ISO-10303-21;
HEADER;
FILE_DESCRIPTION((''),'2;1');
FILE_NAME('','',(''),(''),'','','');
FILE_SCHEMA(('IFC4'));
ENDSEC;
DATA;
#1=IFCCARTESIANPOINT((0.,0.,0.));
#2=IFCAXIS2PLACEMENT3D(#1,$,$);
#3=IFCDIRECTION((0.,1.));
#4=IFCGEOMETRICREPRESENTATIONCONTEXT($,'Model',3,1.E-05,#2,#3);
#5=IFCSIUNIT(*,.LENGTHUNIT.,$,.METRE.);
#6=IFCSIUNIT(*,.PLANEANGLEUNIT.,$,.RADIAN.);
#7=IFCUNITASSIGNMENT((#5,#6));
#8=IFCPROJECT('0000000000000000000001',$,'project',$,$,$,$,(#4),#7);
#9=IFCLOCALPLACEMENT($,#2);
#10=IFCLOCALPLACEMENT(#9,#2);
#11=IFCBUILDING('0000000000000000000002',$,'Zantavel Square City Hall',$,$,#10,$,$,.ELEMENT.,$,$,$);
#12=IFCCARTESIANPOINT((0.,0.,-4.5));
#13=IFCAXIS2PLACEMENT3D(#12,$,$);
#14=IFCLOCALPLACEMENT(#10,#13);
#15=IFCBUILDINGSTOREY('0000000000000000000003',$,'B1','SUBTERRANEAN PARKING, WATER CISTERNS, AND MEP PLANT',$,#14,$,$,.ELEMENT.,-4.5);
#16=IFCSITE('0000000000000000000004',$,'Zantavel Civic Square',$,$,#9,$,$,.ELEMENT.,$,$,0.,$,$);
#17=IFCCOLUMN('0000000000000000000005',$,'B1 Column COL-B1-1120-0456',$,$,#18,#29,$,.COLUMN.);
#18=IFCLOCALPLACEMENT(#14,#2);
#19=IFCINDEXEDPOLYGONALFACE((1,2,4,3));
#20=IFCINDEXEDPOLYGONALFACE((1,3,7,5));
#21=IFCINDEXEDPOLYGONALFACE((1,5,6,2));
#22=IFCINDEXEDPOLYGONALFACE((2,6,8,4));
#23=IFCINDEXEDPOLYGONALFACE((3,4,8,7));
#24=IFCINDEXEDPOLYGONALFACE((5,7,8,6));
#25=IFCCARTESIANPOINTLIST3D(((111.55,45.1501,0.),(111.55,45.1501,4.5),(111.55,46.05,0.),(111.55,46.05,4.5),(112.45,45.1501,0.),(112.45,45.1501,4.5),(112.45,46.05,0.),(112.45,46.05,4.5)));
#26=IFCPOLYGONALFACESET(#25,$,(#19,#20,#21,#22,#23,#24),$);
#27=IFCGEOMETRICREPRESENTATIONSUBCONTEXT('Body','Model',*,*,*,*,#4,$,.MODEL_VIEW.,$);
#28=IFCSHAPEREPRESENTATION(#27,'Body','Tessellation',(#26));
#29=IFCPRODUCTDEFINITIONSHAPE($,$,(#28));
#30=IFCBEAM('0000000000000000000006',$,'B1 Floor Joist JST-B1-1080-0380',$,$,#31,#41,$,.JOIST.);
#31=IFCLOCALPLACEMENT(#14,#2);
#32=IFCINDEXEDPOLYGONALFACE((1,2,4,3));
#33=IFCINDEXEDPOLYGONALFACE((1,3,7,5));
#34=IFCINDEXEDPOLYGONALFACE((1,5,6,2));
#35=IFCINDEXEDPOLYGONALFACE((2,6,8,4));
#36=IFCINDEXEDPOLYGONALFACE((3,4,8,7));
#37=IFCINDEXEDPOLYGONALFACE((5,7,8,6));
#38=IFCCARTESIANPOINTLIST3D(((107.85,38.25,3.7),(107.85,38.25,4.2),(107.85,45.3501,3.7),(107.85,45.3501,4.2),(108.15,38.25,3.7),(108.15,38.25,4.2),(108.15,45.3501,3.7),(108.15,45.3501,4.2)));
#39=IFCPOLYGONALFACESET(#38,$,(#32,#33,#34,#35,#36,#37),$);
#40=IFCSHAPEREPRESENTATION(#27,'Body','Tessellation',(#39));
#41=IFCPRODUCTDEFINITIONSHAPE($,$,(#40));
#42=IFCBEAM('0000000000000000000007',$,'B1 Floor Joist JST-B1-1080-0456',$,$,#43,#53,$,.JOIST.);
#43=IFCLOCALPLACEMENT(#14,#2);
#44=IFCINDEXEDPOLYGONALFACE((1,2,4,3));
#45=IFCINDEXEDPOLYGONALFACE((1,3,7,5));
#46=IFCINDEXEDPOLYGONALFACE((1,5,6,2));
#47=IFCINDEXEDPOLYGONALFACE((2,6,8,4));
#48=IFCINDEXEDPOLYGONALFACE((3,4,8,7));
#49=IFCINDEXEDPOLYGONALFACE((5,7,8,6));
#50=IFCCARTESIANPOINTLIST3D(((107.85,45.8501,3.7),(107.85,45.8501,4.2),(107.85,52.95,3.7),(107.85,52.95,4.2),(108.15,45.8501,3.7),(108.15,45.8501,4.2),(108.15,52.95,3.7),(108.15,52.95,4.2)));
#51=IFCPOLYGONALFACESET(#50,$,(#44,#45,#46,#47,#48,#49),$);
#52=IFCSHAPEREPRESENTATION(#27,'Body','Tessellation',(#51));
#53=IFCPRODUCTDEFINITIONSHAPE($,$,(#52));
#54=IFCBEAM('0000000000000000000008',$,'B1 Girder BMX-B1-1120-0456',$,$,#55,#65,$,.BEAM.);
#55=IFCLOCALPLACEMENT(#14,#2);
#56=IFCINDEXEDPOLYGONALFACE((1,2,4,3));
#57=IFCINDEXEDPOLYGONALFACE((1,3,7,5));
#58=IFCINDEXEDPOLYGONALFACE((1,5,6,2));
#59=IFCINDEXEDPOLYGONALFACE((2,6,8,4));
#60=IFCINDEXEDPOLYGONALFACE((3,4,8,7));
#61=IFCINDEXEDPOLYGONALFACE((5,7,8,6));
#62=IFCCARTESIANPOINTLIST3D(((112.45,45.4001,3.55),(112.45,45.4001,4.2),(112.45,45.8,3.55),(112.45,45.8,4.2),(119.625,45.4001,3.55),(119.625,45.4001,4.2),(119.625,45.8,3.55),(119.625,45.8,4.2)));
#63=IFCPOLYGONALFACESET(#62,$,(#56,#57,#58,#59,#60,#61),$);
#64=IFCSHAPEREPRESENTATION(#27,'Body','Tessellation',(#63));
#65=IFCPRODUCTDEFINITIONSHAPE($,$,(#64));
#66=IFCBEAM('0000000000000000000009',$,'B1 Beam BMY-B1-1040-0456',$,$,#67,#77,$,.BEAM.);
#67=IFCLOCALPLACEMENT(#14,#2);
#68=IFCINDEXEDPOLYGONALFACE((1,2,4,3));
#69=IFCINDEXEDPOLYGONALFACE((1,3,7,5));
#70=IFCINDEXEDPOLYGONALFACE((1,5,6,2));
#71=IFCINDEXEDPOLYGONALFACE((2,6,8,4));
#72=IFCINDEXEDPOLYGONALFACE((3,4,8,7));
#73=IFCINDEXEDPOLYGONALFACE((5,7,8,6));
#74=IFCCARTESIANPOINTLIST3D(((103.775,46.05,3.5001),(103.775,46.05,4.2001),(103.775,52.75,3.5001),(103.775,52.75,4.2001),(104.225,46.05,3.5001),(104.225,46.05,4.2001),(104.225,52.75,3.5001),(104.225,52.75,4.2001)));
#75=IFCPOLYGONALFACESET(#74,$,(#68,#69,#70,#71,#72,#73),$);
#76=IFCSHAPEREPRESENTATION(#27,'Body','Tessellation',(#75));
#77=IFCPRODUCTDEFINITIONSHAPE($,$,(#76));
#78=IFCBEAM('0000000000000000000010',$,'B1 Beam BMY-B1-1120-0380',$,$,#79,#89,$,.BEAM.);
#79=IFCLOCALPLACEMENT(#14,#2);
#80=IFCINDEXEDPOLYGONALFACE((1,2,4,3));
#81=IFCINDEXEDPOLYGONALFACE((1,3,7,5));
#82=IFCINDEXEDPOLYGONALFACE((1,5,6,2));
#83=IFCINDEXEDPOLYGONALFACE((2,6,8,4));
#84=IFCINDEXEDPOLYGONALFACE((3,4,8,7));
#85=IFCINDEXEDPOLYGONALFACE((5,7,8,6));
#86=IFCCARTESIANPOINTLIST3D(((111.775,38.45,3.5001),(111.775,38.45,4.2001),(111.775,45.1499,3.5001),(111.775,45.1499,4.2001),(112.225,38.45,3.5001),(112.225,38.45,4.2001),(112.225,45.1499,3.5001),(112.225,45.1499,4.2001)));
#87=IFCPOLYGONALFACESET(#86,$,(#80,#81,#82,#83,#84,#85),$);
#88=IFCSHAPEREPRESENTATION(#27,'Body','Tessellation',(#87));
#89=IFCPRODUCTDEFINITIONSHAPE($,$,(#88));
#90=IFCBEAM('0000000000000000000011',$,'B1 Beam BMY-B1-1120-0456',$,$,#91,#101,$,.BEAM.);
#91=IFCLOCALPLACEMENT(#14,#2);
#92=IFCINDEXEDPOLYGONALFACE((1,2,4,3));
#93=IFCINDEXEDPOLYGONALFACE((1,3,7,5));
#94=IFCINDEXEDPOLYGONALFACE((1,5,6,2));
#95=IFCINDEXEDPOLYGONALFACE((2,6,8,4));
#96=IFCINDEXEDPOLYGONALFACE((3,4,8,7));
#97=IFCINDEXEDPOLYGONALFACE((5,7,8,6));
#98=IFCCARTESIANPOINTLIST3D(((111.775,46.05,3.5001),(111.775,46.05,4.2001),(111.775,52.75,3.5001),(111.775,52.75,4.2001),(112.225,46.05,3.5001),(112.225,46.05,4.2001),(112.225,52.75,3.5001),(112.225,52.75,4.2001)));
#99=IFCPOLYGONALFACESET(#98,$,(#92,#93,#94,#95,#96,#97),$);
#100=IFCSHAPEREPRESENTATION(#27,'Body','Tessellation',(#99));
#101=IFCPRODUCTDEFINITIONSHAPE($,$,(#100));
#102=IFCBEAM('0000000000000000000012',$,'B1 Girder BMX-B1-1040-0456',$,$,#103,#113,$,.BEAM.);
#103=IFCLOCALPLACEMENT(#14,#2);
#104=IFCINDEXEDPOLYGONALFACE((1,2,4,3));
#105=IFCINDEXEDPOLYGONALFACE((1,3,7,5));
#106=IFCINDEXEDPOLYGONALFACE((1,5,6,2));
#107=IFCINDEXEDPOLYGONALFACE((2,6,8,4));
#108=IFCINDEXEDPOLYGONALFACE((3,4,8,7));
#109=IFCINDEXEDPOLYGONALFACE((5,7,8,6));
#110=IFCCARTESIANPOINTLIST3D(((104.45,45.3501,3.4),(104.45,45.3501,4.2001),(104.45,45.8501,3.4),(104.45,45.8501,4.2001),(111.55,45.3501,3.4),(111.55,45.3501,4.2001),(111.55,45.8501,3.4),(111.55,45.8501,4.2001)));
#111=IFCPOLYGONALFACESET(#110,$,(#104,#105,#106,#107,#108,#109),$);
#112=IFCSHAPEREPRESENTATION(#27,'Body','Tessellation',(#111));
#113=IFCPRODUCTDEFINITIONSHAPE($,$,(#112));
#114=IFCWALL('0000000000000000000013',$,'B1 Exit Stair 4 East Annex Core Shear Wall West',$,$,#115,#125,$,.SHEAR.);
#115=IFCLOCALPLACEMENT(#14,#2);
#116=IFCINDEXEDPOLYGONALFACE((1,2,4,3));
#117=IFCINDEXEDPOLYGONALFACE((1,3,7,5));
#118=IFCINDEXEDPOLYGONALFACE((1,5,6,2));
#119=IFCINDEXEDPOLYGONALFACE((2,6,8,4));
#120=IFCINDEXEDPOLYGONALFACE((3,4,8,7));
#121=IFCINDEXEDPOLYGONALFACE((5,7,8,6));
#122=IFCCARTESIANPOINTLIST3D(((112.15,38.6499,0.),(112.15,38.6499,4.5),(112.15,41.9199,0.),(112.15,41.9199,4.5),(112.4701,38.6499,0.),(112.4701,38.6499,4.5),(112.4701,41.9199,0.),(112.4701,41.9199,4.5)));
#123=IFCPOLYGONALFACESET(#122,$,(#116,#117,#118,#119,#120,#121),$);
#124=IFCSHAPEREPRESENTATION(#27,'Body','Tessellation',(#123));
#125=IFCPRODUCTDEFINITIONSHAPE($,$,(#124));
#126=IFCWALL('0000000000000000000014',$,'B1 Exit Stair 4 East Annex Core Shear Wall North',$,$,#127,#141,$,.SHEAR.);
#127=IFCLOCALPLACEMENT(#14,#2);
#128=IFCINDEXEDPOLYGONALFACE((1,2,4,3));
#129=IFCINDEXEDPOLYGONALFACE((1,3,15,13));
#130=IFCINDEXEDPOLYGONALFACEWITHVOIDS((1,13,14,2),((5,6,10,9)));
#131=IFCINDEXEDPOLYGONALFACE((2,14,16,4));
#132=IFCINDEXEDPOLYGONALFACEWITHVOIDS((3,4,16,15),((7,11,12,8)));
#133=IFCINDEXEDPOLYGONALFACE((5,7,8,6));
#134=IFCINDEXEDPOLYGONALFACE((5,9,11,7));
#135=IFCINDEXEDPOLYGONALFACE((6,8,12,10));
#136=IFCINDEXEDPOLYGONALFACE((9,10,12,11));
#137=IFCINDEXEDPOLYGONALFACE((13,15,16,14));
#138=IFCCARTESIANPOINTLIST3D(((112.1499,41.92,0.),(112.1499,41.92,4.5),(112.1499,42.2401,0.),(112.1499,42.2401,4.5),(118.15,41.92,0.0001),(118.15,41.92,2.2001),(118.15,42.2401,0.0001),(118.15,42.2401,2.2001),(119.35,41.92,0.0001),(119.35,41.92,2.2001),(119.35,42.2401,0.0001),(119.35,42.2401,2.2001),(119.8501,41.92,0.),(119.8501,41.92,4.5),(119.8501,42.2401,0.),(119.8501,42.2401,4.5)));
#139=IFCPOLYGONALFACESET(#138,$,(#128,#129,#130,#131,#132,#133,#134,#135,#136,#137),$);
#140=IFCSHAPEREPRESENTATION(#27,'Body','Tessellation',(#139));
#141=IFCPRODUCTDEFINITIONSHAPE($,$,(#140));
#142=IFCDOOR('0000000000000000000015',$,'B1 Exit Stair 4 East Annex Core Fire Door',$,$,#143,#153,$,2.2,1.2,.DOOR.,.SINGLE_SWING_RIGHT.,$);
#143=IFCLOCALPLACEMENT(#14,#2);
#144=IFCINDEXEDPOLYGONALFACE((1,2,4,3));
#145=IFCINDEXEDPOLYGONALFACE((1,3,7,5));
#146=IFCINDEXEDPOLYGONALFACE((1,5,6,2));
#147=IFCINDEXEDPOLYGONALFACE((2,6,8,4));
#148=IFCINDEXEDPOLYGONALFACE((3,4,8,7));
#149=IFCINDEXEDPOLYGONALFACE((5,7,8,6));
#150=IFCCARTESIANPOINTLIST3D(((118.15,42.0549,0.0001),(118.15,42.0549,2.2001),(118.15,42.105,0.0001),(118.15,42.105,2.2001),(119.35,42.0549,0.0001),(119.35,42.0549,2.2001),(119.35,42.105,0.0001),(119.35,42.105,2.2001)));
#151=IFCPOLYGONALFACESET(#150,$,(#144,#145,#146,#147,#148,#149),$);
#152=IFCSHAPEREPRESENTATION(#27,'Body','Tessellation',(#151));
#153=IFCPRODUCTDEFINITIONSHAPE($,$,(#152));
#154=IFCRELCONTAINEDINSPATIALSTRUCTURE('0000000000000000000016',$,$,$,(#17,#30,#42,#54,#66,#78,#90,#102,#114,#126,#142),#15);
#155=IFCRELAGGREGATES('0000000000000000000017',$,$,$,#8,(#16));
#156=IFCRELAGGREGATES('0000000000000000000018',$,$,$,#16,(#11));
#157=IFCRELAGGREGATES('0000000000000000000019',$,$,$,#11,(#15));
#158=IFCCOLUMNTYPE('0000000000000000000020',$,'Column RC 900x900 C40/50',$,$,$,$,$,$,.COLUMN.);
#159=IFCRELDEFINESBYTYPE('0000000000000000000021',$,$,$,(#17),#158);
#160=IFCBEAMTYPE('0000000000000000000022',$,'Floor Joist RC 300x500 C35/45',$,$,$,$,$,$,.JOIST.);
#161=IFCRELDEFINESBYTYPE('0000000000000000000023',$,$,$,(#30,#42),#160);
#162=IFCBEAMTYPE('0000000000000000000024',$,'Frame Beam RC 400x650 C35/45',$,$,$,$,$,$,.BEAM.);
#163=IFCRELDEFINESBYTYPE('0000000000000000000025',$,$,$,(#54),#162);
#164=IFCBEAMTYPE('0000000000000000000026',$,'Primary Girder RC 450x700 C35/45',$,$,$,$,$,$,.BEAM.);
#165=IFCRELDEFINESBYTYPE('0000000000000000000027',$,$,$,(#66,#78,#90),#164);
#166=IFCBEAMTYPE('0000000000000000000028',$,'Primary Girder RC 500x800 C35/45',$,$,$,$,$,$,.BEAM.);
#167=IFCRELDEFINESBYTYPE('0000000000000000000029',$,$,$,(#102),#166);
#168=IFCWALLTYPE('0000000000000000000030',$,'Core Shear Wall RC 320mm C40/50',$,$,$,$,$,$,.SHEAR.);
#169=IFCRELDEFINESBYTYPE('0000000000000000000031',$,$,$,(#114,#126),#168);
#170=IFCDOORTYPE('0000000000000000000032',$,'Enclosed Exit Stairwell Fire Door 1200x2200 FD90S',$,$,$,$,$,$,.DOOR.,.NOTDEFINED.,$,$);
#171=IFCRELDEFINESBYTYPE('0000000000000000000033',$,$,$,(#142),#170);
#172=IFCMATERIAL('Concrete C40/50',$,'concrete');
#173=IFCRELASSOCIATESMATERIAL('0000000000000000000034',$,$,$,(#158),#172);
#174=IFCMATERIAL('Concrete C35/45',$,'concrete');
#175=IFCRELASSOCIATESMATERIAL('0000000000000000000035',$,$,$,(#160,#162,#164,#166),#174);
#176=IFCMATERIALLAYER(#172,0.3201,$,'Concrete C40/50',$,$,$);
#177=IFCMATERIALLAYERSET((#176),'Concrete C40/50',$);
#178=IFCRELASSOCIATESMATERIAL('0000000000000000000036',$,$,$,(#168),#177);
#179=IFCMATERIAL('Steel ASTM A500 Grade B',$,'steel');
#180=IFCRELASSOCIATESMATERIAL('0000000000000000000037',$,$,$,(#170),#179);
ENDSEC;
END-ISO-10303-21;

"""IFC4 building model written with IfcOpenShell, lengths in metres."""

from ifc_helpers import new_model, si_unit, direction, frame, frame_2d, origin, origin_2d, place, context, subcontext, project, spatial, rectangle, extrude, material, layer, layer_set, material_profile, profile_set, type_object, element, fill, save


model = new_model("IFC4")

# Units and contexts
model_context = context("Model", 3, precision=1e-05, world=origin(), true_north=direction((0.0, 1.0)))
body_context = subcontext(model_context, "Body", "Model", "MODEL_VIEW")
ifc_project = project(units=[si_unit("LENGTHUNIT", "METRE"), si_unit("PLANEANGLEUNIT", "RADIAN")], contexts=[model_context])

# Site, building, storey
site_placement = place(None, origin())
site = spatial("IfcSite", under=ifc_project, at=site_placement, Name="Zantavel Civic Square", CompositionType="ELEMENT", RefElevation=0.0)
building_placement = place(site_placement, origin())
building = spatial("IfcBuilding", under=site, at=building_placement, Name="Zantavel Square City Hall", CompositionType="ELEMENT")
storey_placement = place(building_placement, frame((0.0, 0.0, -4.5)))
storey = spatial("IfcBuildingStorey", under=building, at=storey_placement, Name="B1", Description="SUBTERRANEAN PARKING, WATER CISTERNS, AND MEP PLANT", CompositionType="ELEMENT", Elevation=-4.5)

# Shared definitions
ifc_material_1 = material(Name="Concrete C35/45", Category="concrete")

# Shared definitions
ifc_material_2 = material(Name="Concrete C40/50", Category="concrete")

# Column
ifc_material_profile_1 = material_profile(ifc_material_2, rectangle(XDim=0.8999, YDim=0.8999, at=origin_2d()), Name="RC 900x900")
ifc_profile_set_1 = profile_set([ifc_material_profile_1], Name="Concrete C40/50")
column_type = type_object("IfcColumnType", Name="Column RC 900x900 C40/50", PredefinedType="COLUMN", material=ifc_profile_set_1)
column_placement = place(storey_placement, frame((112.0, 45.6001, 0.0), z_axis=(0.0, 0.0, 1.0), x_axis=(1.0, 0.0, 0.0)))
element("IfcColumn", 1, at=column_placement, inside=storey, type_object=column_type, Name="B1 Column COL-B1-1120-0456", PredefinedType="COLUMN", context=body_context, shape_type="SweptSolid", body=[
    extrude(rectangle(XDim=0.8999, YDim=0.8999, at=origin_2d()), origin(), (0.0, 0.0, 1.0), 4.5),
])

# Beams
ifc_material_profile_2 = material_profile(ifc_material_1, rectangle(XDim=0.3, YDim=0.5, at=origin_2d()), Name="RC 300x500")
ifc_profile_set_2 = profile_set([ifc_material_profile_2], Name="Concrete C35/45")
beam_type_1 = type_object("IfcBeamType", Name="Floor Joist RC 300x500 C35/45", PredefinedType="JOIST", material=ifc_profile_set_2)
beam_1_placement = place(storey_placement, frame((108.0, 38.25, 3.95), z_axis=(0.0, 1.0, 0.0), x_axis=(-1.0, 0.0, 0.0)))
element("IfcBeam", 2, at=beam_1_placement, inside=storey, type_object=beam_type_1, Name="B1 Floor Joist JST-B1-1080-0380", PredefinedType="JOIST", context=body_context, shape_type="SweptSolid", body=[
    extrude(rectangle(XDim=0.3, YDim=0.5, at=origin_2d()), origin(), (0.0, 0.0, 1.0), 7.1001),
])
beam_2_placement = place(storey_placement, frame((108.0, 45.8501, 3.95), z_axis=(0.0, 1.0, 0.0), x_axis=(-1.0, 0.0, 0.0)))
element("IfcBeam", 3, at=beam_2_placement, inside=storey, type_object=beam_type_1, Name="B1 Floor Joist JST-B1-1080-0456", PredefinedType="JOIST", context=body_context, shape_type="SweptSolid", body=[
    extrude(rectangle(XDim=0.3, YDim=0.5, at=origin_2d()), origin(), (0.0, 0.0, 1.0), 7.0999),
])
ifc_material_profile_3 = material_profile(ifc_material_1, rectangle(XDim=0.3999, YDim=0.6499, at=origin_2d()), Name="RC 400x650")
ifc_profile_set_3 = profile_set([ifc_material_profile_3], Name="Concrete C35/45")
beam_type_2 = type_object("IfcBeamType", Name="Frame Beam RC 400x650 C35/45", PredefinedType="BEAM", material=ifc_profile_set_3)
beam_3_placement = place(storey_placement, frame((112.45, 45.6001, 3.875), z_axis=(1.0, 0.0, 0.0), x_axis=(0.0, 1.0, 0.0)))
element("IfcBeam", 4, at=beam_3_placement, inside=storey, type_object=beam_type_2, Name="B1 Girder BMX-B1-1120-0456", PredefinedType="BEAM", context=body_context, shape_type="SweptSolid", body=[
    extrude(rectangle(XDim=0.3999, YDim=0.6499, at=origin_2d()), origin(), (0.0, 0.0, 1.0), 7.175),
])
ifc_material_profile_4 = material_profile(ifc_material_1, rectangle(XDim=0.45, YDim=0.7, at=origin_2d()), Name="RC 450x700")
ifc_profile_set_4 = profile_set([ifc_material_profile_4], Name="Concrete C35/45")
beam_type_3 = type_object("IfcBeamType", Name="Primary Girder RC 450x700 C35/45", PredefinedType="BEAM", material=ifc_profile_set_4)
for number, where, z_axis, x_axis, name in (
    (5, (104.0, 46.05, 3.8501), (0.0, 1.0, 0.0), (-1.0, 0.0, 0.0), "B1 Beam BMY-B1-1040-0456"),
    (6, (112.0, 38.45, 3.8501), (0.0, 1.0, 0.0), (-1.0, 0.0, 0.0), "B1 Beam BMY-B1-1120-0380"),
    (7, (112.0, 46.05, 3.8501), (0.0, 1.0, 0.0), (-1.0, 0.0, 0.0), "B1 Beam BMY-B1-1120-0456"),
):
    element("IfcBeam", number, at=place(storey_placement, frame(where, z_axis=z_axis, x_axis=x_axis)), inside=storey, type_object=beam_type_3, Name=name, PredefinedType="BEAM", context=body_context, shape_type="SweptSolid", body=[
        extrude(rectangle(XDim=0.45, YDim=0.7, at=origin_2d()), origin(), (0.0, 0.0, 1.0), 6.7),
    ])
ifc_material_profile_5 = material_profile(ifc_material_1, rectangle(XDim=0.5, YDim=0.8, at=origin_2d()), Name="RC 500x800")
ifc_profile_set_5 = profile_set([ifc_material_profile_5], Name="Concrete C35/45")
beam_type_4 = type_object("IfcBeamType", Name="Primary Girder RC 500x800 C35/45", PredefinedType="BEAM", material=ifc_profile_set_5)
beam_4_placement = place(storey_placement, frame((104.45, 45.6001, 3.8), z_axis=(1.0, 0.0, 0.0), x_axis=(0.0, 1.0, 0.0)))
element("IfcBeam", 8, at=beam_4_placement, inside=storey, type_object=beam_type_4, Name="B1 Girder BMX-B1-1040-0456", PredefinedType="BEAM", context=body_context, shape_type="SweptSolid", body=[
    extrude(rectangle(XDim=0.5, YDim=0.8, at=origin_2d()), origin(), (0.0, 0.0, 1.0), 7.1001),
])

# Wall
ifc_layer_1 = layer(ifc_material_2, 0.3201, Name="Concrete C40/50")
ifc_layer_set_1 = layer_set([ifc_layer_1], Name="Concrete C40/50")
wall_type_1 = type_object("IfcWallType", Name="Core Shear Wall RC 320mm C40/50", PredefinedType="SHEAR", material=ifc_layer_set_1)
wall_1_placement = place(storey_placement, frame((112.3101, 38.6499, 0.0), z_axis=(0.0, 0.0, 1.0), x_axis=(0.0, 1.0, 0.0)))
element("IfcWall", 9, at=wall_1_placement, inside=storey, type_object=wall_type_1, Name="B1 Exit Stair 4 East Annex Core Shear Wall West", PredefinedType="SHEAR", context=body_context, shape_type="SweptSolid", body=[
    extrude(rectangle(XDim=3.27, YDim=0.3201, at=frame_2d((1.635, 0.0))), origin(), (0.0, 0.0, 1.0), 4.5),
])

# Wall, opening, door
wall_2_placement = place(storey_placement, frame((112.1499, 42.0801, 0.0), z_axis=(0.0, 0.0, 1.0), x_axis=(1.0, 0.0, 0.0)))
wall_2 = element("IfcWall", 10, at=wall_2_placement, inside=storey, type_object=wall_type_1, Name="B1 Exit Stair 4 East Annex Core Shear Wall North", PredefinedType="SHEAR", context=body_context, shape_type="SweptSolid", body=[
    extrude(rectangle(XDim=7.7002, YDim=0.3201, at=frame_2d((3.8501, 0.0))), origin(), (0.0, 0.0, 1.0), 4.5),
])
opening_1_placement = place(wall_2_placement, frame((6.0, 0.0, 0.0)))
opening_1 = element("IfcOpeningElement", 11, at=opening_1_placement, cuts=wall_2, PredefinedType="OPENING", context=body_context, shape_type="SweptSolid", body=[
    extrude(rectangle(XDim=1.2, YDim=2.2, at=frame_2d((0.6001, 1.1001))), frame((0.0, 0.1699, 0.0), z_axis=(0.0, -1.0, 0.0), x_axis=(1.0, 0.0, 0.0)), (0.0, 0.0, 1.0), 0.3401),
])
ifc_material_3 = material(Name="Steel ASTM A500 Grade B", Category="steel")
door_type_1 = type_object("IfcDoorType", Name="Enclosed Exit Stairwell Fire Door 1200x2200 FD90S", OperationType="NOTDEFINED", PredefinedType="DOOR", material=ifc_material_3)
door_1_placement = place(opening_1_placement, origin())
door_1 = element("IfcDoor", 12, at=door_1_placement, inside=storey, type_object=door_type_1, Name="B1 Exit Stair 4 East Annex Core Fire Door", OperationType="SINGLE_SWING_RIGHT", OverallHeight=2.2, OverallWidth=1.2, PredefinedType="DOOR", context=body_context, shape_type="SweptSolid", body=[
    extrude(rectangle(XDim=1.2, YDim=2.2, at=frame_2d((0.6001, 1.1001))), frame((0.0, 0.0249, 0.0), z_axis=(0.0, -1.0, 0.0), x_axis=(1.0, 0.0, 0.0)), (0.0, 0.0, 1.0), 0.05),
])
fill(opening_1, door_1)

save(model, "model.ifc")
